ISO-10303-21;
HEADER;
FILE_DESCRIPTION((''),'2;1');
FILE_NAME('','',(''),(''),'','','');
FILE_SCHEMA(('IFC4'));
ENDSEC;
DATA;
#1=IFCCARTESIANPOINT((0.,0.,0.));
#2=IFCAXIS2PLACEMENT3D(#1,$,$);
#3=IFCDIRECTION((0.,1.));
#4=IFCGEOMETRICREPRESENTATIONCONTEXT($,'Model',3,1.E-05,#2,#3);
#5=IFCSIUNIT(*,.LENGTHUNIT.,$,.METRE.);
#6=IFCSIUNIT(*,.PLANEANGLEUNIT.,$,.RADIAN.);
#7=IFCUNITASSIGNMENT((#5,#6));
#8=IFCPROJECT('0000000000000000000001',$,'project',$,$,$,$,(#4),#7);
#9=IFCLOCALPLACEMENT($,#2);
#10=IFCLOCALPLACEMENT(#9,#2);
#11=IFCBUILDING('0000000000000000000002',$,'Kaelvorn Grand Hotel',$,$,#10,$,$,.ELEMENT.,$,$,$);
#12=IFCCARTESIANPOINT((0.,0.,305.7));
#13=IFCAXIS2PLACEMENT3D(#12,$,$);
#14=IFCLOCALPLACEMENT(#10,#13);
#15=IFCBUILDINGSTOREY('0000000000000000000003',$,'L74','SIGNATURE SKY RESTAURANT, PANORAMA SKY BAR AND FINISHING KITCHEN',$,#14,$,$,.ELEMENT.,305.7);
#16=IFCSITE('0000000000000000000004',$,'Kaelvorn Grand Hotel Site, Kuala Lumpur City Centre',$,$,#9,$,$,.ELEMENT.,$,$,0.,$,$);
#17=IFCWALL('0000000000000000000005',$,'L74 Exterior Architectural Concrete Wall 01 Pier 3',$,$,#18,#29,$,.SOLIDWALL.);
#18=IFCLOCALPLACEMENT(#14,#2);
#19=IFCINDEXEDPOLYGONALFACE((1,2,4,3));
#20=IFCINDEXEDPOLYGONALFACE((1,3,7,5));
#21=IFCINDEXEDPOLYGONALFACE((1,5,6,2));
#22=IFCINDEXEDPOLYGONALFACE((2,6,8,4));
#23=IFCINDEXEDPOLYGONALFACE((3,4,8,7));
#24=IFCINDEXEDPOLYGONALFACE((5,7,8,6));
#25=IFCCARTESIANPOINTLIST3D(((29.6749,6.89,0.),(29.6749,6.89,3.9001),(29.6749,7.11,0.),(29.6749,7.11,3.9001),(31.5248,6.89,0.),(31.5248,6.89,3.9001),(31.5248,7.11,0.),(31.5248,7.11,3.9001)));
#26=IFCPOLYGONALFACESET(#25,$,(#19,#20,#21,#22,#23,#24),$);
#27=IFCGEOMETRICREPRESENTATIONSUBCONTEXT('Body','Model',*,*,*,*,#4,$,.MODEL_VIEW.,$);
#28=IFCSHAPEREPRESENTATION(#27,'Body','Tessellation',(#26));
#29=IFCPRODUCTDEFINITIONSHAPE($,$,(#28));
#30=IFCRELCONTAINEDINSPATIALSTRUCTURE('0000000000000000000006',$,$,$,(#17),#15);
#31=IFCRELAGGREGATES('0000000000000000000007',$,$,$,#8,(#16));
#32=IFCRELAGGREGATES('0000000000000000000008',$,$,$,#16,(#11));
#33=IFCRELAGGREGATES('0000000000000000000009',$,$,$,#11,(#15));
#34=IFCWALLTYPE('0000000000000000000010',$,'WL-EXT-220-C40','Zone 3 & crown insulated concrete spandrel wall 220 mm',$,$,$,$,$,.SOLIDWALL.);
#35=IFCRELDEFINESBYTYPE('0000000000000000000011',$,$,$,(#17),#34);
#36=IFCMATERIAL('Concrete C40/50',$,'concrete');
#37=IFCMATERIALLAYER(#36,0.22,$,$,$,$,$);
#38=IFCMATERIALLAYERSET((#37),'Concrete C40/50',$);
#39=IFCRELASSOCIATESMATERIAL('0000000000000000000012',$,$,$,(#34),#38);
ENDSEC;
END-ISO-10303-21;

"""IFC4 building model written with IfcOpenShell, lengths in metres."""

from ifc_helpers import new_model, si_unit, direction, frame, frame_2d, origin, place, context, subcontext, project, spatial, rectangle, extrude, material, layer, layer_set, type_object, element, save


model = new_model("IFC4")

# Units and contexts
model_context = context("Model", 3, precision=1e-05, world=origin(), true_north=direction((0.0, 1.0)))
body_context = subcontext(model_context, "Body", "Model", "MODEL_VIEW")
ifc_project = project(units=[si_unit("LENGTHUNIT", "METRE"), si_unit("PLANEANGLEUNIT", "RADIAN")], contexts=[model_context])

# Site, building, storey
site_placement = place(None, origin())
site = spatial("IfcSite", under=ifc_project, at=site_placement, Name="Kaelvorn Grand Hotel Site, Kuala Lumpur City Centre", CompositionType="ELEMENT", RefElevation=0.0)
building_placement = place(site_placement, origin())
building = spatial("IfcBuilding", under=site, at=building_placement, Name="Kaelvorn Grand Hotel", CompositionType="ELEMENT")
storey_placement = place(building_placement, frame((0.0, 0.0, 305.7)))
storey = spatial("IfcBuildingStorey", under=building, at=storey_placement, Name="L74", Description="SIGNATURE SKY RESTAURANT, PANORAMA SKY BAR AND FINISHING KITCHEN", CompositionType="ELEMENT", Elevation=305.7)

# Wall
ifc_material_1 = material(Name="Concrete C40/50", Category="concrete")
ifc_layer_1 = layer(ifc_material_1, 0.22)
ifc_layer_set_1 = layer_set([ifc_layer_1], Name="Concrete C40/50")
wall_type = type_object("IfcWallType", Name="WL-EXT-220-C40", Description="Zone 3 & crown insulated concrete spandrel wall 220 mm", PredefinedType="SOLIDWALL", material=ifc_layer_set_1)
wall_placement = place(storey_placement, frame((29.675, 7.0, 0.0), z_axis=(0.0, 0.0, 1.0), x_axis=(1.0, 0.0, 0.0)))
element("IfcWall", 1, at=wall_placement, inside=storey, type_object=wall_type, Name="L74 Exterior Architectural Concrete Wall 01 Pier 3", PredefinedType="SOLIDWALL", context=body_context, shape_type="SweptSolid", body=[
    extrude(rectangle(XDim=1.8499, YDim=0.22, at=frame_2d((0.9248, 0.0))), origin(), (0.0, 0.0, 1.0), 3.9001),
])

save(model, "model.ifc")
